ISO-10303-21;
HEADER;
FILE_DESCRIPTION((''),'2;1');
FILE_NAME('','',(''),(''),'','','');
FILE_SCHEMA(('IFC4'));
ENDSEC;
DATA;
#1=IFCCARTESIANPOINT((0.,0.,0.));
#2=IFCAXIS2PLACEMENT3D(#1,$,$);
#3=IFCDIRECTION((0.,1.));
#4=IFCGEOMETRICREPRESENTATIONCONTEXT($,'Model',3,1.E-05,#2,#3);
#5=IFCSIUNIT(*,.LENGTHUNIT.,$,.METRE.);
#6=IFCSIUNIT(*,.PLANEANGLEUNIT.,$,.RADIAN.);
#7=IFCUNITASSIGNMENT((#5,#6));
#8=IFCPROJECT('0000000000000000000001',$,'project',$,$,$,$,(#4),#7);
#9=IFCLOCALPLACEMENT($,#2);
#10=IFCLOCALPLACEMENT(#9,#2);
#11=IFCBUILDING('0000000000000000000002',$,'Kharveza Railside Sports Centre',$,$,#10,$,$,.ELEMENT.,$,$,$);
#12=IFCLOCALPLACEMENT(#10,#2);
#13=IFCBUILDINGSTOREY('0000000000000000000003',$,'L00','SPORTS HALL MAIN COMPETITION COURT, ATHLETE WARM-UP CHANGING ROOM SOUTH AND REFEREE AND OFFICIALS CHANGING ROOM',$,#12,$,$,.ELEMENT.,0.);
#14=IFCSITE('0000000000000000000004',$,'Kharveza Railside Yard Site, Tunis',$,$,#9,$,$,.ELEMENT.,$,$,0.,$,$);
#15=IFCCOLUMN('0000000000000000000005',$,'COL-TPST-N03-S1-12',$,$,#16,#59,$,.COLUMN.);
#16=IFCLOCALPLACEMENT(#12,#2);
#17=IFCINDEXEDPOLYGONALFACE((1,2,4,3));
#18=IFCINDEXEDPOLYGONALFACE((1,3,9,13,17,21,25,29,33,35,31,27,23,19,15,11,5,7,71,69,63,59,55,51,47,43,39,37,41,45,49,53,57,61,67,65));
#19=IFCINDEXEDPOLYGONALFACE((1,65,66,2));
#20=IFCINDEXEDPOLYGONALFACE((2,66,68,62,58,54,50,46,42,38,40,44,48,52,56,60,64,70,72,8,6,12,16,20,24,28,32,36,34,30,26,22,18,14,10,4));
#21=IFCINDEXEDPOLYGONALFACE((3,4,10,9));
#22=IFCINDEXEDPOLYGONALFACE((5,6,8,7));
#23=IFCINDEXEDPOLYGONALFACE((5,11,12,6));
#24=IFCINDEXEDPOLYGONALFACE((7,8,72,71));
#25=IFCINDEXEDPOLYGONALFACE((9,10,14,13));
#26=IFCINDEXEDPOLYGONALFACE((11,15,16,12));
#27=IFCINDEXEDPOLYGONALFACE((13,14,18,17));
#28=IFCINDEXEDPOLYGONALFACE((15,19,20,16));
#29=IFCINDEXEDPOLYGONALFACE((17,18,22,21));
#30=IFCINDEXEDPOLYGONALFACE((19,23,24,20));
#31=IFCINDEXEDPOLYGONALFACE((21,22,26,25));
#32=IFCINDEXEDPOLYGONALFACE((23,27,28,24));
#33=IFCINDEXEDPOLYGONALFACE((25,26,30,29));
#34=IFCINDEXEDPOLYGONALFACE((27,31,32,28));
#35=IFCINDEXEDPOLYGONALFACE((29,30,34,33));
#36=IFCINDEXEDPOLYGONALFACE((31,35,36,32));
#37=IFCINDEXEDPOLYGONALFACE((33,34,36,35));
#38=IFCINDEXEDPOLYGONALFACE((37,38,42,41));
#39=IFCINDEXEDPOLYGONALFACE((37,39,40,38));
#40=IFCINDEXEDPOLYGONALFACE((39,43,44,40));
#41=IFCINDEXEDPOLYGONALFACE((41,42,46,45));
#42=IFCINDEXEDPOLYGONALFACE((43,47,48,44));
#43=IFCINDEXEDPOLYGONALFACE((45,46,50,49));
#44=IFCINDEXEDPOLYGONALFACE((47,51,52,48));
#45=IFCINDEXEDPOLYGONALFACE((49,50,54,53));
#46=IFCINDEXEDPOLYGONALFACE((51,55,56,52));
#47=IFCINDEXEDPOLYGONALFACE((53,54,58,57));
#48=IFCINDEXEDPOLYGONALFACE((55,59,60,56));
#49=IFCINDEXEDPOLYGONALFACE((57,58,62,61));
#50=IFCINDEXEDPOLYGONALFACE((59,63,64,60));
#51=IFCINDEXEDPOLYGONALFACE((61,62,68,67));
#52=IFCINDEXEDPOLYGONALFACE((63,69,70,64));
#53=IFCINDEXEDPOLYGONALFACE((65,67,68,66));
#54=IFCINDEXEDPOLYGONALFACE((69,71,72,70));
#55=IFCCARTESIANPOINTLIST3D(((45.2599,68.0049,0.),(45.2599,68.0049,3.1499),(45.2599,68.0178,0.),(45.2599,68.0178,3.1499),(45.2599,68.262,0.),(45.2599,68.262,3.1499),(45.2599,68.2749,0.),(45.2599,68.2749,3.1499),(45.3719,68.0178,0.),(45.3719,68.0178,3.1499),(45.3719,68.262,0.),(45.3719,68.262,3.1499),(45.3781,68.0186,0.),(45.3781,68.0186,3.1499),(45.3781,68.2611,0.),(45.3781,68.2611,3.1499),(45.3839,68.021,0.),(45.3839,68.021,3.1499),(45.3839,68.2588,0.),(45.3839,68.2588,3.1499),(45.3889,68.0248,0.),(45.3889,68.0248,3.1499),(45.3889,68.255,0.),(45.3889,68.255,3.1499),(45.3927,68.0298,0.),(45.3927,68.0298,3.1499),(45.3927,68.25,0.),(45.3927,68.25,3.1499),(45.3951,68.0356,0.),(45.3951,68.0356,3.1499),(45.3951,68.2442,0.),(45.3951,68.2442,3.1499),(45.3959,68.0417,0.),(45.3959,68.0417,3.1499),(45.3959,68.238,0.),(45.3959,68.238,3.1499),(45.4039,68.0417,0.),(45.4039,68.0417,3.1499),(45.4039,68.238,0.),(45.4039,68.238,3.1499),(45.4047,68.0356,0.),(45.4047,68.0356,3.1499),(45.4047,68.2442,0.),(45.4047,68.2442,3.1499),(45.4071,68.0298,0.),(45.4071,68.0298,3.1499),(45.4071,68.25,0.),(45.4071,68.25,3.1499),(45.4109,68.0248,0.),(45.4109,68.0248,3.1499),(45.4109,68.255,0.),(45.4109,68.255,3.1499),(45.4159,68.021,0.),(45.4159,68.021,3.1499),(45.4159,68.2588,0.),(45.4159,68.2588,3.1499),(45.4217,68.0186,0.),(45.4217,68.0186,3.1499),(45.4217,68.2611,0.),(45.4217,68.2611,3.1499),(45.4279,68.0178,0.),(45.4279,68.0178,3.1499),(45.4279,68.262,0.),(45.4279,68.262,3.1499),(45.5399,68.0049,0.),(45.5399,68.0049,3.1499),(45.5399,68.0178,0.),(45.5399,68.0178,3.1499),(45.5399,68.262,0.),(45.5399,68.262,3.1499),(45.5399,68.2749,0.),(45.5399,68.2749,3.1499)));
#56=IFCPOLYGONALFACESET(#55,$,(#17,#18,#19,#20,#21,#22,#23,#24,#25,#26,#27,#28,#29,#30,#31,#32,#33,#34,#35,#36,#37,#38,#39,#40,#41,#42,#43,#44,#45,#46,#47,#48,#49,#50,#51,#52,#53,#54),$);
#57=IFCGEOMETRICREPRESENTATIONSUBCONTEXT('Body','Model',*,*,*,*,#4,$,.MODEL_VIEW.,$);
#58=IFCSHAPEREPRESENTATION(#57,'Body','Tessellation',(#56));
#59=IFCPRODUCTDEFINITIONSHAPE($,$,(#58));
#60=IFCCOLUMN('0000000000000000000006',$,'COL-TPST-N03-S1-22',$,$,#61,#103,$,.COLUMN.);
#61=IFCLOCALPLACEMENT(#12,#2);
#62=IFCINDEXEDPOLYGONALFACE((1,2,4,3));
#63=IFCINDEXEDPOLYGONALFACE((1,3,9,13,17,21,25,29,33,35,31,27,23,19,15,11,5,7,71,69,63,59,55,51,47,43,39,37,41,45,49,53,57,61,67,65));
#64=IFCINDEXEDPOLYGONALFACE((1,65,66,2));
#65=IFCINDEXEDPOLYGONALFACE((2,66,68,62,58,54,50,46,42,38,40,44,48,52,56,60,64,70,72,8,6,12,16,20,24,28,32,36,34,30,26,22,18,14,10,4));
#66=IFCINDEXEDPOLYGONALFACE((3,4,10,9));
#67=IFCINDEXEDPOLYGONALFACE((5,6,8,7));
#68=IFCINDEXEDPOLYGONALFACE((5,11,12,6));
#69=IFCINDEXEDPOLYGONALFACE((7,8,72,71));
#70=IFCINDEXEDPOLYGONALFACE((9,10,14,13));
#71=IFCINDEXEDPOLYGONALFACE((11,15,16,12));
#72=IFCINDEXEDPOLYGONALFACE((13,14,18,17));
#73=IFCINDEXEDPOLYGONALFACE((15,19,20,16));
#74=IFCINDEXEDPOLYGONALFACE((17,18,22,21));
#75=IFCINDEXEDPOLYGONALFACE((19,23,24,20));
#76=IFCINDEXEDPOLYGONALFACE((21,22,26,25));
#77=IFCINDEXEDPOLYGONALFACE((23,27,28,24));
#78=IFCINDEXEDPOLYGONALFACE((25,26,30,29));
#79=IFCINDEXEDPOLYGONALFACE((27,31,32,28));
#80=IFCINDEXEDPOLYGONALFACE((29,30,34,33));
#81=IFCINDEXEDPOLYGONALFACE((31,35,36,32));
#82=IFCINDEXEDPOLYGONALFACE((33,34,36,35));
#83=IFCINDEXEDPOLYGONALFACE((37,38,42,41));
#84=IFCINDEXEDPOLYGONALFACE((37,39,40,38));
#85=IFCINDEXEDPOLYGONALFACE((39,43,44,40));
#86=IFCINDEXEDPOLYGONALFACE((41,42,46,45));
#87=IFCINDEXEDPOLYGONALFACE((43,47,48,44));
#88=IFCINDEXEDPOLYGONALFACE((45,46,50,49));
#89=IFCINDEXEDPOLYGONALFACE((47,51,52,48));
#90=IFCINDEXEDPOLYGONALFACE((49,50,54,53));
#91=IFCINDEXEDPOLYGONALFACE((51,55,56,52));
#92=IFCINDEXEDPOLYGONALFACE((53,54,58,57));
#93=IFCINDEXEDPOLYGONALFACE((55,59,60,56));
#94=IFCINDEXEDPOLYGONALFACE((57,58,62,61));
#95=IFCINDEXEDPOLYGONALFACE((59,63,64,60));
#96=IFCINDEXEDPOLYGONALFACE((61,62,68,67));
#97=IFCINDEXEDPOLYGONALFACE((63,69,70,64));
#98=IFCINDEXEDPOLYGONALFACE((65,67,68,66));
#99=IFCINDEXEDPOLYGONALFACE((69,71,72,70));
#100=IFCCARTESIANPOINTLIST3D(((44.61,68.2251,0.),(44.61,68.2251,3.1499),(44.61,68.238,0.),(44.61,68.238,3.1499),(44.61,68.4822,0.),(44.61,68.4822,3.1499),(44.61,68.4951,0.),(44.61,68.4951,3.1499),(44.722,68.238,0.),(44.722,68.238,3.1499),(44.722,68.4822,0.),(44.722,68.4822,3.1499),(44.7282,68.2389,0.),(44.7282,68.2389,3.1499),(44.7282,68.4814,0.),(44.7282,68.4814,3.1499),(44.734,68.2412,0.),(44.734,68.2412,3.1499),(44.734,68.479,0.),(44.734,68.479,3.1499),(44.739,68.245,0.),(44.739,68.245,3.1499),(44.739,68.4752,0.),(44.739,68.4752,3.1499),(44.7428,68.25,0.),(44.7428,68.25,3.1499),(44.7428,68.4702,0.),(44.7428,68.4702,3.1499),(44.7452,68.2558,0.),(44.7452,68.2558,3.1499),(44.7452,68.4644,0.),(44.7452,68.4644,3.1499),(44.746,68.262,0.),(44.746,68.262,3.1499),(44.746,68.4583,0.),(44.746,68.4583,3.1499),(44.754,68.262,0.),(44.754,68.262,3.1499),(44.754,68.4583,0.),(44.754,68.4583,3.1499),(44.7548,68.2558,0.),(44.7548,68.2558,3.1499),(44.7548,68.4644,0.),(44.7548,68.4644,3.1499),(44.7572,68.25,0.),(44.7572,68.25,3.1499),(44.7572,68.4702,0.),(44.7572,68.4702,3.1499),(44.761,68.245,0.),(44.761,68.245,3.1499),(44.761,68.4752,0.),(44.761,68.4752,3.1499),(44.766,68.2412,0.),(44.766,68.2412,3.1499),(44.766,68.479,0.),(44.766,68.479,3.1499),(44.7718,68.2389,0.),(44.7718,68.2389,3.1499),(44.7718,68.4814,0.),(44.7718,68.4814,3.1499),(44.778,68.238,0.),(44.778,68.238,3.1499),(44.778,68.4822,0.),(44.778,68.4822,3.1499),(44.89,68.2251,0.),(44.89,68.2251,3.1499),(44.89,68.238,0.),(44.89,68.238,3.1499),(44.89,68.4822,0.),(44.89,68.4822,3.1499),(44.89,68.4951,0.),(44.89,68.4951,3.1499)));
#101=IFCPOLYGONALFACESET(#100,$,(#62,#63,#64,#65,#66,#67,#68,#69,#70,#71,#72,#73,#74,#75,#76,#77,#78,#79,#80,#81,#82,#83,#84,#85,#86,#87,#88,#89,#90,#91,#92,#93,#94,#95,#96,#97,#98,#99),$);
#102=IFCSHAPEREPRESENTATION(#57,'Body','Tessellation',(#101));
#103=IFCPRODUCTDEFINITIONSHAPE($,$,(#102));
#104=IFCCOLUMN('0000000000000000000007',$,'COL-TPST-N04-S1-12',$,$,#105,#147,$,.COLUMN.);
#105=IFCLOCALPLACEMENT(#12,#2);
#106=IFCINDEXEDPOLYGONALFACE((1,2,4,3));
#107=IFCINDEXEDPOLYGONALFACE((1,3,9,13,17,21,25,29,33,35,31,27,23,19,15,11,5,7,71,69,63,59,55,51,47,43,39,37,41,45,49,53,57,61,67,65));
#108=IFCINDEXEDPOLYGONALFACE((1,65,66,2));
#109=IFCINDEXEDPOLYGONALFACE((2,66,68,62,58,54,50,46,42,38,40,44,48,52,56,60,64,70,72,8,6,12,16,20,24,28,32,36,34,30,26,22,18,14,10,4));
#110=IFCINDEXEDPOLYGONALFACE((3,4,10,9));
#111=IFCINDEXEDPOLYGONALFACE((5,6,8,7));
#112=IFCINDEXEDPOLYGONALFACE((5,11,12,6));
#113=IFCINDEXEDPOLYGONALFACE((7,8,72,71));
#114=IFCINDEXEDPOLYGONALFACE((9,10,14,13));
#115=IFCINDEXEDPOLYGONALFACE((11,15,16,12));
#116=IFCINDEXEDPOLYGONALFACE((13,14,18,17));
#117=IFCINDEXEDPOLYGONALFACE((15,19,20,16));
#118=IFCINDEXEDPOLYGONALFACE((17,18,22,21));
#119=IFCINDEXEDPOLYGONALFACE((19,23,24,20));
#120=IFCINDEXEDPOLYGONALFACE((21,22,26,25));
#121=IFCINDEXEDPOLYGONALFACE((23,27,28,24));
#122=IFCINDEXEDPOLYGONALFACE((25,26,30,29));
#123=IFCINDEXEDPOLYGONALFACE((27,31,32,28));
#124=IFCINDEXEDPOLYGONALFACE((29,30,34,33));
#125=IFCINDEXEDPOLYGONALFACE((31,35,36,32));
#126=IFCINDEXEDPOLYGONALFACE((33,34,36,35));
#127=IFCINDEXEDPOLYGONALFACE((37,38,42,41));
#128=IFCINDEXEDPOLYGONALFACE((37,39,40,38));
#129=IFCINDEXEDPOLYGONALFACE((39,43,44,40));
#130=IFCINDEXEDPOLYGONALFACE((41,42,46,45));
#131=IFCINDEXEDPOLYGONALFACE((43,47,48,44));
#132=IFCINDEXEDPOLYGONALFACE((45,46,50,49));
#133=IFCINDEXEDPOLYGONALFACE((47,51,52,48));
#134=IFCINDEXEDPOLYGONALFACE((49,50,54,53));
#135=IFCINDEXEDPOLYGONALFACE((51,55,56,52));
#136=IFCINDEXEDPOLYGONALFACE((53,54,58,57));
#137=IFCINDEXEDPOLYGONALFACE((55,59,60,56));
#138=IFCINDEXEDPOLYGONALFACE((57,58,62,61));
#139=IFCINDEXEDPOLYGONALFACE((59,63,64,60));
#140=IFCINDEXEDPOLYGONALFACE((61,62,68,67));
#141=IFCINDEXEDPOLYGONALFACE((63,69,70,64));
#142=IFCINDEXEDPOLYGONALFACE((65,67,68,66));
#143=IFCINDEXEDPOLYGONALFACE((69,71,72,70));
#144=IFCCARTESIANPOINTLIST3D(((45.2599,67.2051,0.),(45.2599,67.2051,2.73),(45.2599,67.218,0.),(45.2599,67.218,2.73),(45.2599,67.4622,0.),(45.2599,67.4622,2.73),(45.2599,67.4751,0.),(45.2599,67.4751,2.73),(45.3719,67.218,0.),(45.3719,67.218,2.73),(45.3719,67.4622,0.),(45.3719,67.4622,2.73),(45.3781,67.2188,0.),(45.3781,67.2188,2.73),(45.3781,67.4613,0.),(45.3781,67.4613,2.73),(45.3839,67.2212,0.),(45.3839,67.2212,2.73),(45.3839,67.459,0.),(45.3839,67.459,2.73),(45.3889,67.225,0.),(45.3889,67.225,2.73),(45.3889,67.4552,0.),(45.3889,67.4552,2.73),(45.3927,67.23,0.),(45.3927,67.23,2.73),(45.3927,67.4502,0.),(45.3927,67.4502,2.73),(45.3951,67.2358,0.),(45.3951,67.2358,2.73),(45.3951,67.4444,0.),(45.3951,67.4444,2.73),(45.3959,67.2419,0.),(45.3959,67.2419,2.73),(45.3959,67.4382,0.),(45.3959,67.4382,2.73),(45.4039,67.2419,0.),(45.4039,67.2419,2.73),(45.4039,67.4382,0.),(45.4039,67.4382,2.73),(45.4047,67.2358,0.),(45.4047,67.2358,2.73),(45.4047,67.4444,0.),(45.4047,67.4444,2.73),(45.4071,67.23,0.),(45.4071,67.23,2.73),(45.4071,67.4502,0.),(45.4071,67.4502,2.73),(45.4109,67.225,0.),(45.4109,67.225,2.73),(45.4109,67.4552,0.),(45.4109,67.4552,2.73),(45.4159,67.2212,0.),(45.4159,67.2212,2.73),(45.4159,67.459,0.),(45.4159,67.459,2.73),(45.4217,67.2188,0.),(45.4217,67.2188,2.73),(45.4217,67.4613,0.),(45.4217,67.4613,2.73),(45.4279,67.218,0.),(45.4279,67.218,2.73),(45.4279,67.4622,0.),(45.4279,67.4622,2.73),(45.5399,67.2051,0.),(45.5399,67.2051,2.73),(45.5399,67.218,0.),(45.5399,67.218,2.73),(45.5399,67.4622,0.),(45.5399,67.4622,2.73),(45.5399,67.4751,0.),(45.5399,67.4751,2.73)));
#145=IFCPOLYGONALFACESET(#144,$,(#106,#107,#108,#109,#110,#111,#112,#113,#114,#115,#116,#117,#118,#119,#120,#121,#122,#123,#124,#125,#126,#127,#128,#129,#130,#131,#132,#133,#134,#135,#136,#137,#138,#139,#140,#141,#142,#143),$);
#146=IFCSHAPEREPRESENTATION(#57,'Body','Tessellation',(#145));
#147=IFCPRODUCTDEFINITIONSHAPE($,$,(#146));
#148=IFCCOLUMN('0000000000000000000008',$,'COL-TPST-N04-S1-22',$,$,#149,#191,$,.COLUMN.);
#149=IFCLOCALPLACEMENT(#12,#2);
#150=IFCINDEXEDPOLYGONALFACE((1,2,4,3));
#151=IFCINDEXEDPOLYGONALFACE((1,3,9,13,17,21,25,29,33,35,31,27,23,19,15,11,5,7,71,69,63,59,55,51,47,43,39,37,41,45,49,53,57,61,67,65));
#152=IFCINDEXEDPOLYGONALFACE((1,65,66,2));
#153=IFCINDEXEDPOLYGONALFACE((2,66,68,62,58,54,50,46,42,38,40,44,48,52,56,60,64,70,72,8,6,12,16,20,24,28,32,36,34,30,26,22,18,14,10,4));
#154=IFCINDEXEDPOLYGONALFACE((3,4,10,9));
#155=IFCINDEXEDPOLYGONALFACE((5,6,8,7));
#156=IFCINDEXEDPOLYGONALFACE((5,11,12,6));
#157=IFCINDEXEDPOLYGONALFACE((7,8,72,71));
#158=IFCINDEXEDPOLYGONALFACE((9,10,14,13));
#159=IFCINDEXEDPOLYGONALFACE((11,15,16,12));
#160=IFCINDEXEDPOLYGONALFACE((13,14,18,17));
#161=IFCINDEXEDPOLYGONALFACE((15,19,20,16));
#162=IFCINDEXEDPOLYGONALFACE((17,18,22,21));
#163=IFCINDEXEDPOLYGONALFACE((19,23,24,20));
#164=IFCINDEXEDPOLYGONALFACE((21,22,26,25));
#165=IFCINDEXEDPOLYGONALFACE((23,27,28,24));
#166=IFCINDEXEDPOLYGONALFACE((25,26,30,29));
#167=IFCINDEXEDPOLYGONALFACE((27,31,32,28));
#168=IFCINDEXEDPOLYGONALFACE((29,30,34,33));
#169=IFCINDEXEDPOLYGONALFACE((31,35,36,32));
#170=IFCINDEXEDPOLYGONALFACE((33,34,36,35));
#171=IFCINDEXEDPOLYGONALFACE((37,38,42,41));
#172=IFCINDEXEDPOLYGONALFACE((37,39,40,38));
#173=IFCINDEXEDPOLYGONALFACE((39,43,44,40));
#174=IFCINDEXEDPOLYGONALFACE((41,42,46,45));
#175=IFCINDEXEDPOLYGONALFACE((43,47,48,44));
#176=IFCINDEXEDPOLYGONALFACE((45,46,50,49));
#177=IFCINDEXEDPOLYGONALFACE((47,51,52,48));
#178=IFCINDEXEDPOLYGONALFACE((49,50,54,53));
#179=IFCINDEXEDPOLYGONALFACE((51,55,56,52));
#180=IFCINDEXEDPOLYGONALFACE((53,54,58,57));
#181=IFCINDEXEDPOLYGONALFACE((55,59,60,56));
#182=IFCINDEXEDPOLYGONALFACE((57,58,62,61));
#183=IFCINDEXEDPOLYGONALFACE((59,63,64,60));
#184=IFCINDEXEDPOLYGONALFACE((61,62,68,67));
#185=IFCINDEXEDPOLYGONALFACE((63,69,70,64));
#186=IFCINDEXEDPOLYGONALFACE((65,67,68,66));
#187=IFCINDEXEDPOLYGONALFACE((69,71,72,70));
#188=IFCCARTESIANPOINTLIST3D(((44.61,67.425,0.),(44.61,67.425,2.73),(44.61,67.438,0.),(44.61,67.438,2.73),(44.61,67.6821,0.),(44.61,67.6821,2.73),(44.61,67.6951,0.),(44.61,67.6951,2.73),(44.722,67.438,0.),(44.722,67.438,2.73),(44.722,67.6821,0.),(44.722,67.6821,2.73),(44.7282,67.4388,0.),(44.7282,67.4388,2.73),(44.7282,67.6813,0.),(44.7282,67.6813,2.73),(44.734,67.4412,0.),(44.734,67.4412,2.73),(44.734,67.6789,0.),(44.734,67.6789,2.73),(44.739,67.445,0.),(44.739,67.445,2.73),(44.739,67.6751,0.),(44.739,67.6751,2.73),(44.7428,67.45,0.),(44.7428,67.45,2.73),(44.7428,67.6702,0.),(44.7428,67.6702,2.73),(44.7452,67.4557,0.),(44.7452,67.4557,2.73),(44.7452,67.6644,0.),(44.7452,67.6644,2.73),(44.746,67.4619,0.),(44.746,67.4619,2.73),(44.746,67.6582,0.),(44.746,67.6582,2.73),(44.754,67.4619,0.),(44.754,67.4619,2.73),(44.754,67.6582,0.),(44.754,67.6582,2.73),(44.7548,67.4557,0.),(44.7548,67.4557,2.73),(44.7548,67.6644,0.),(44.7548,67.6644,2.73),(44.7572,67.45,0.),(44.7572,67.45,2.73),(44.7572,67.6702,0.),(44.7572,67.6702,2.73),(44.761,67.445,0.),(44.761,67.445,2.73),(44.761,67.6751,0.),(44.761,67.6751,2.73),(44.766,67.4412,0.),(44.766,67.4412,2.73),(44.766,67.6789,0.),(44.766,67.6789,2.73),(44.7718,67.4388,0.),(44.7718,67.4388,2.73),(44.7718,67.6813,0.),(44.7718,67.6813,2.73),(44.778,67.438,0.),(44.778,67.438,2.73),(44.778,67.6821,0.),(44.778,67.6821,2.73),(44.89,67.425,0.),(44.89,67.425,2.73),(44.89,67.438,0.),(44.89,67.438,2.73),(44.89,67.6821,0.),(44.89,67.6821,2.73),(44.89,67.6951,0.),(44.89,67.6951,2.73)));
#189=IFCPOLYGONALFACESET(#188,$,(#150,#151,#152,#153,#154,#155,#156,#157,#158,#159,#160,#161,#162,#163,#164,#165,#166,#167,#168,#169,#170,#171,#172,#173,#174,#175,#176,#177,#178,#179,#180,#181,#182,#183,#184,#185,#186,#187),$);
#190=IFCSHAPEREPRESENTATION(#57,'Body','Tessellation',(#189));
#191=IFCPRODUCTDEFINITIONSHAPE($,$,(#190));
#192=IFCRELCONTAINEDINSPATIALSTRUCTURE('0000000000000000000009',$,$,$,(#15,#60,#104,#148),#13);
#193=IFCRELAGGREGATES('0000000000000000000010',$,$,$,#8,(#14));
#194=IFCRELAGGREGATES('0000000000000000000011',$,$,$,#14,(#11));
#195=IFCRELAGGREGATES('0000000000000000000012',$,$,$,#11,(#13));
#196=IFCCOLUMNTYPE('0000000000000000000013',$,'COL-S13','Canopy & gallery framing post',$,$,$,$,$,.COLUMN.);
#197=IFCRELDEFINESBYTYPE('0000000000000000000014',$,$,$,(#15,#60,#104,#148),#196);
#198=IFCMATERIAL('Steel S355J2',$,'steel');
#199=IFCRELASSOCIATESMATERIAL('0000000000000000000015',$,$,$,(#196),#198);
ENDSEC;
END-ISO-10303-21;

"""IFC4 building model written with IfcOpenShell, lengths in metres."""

from ifc_helpers import new_model, si_unit, direction, frame, origin, origin_2d, place, context, subcontext, project, spatial, i_section, extrude, material, material_profile, profile_set, type_object, element, save


model = new_model("IFC4")

# Units and contexts
model_context = context("Model", 3, precision=1e-05, world=origin(), true_north=direction((0.0, 1.0)))
body_context = subcontext(model_context, "Body", "Model", "MODEL_VIEW")
ifc_project = project(units=[si_unit("LENGTHUNIT", "METRE"), si_unit("PLANEANGLEUNIT", "RADIAN")], contexts=[model_context])

# Site, building, storey
site_placement = place(None, origin())
site = spatial("IfcSite", under=ifc_project, at=site_placement, Name="Kharveza Railside Yard Site, Tunis", CompositionType="ELEMENT", RefElevation=0.0)
building_placement = place(site_placement, origin())
building = spatial("IfcBuilding", under=site, at=building_placement, Name="Kharveza Railside Sports Centre", CompositionType="ELEMENT")
storey_placement = place(building_placement, origin())
storey = spatial("IfcBuildingStorey", under=building, at=storey_placement, Name="L00", Description="SPORTS HALL MAIN COMPETITION COURT, ATHLETE WARM-UP CHANGING ROOM SOUTH AND REFEREE AND OFFICIALS CHANGING ROOM", CompositionType="ELEMENT", Elevation=0.0)

# Columns
ifc_material_1 = material(Name="Steel S355J2", Category="steel")
ifc_material_profile_1 = material_profile(ifc_material_1, i_section(OverallWidth=0.28, OverallDepth=0.27, WebThickness=0.0081, FlangeThickness=0.0129, FilletRadius=0.0239, at=origin_2d()), Name="HEA 280")
ifc_profile_set_1 = profile_set([ifc_material_profile_1], Name="Steel S355J2")
column_type_1 = type_object("IfcColumnType", Name="COL-S13", Description="Canopy & gallery framing post", PredefinedType="COLUMN", material=ifc_profile_set_1)
for number, where, z_axis, x_axis, name in (
    (1, (45.3999, 68.1399, 0.0), (0.0, 0.0, 1.0), (1.0, 0.0, 0.0), "COL-TPST-N03-S1-12"),
    (2, (44.75, 68.3601, 0.0), (0.0, 0.0, 1.0), (1.0, 0.0, 0.0), "COL-TPST-N03-S1-22"),
):
    element("IfcColumn", number, at=place(storey_placement, frame(where, z_axis=z_axis, x_axis=x_axis)), inside=storey, type_object=column_type_1, Name=name, PredefinedType="COLUMN", context=body_context, shape_type="SweptSolid", body=[
        extrude(i_section(OverallWidth=0.28, OverallDepth=0.27, WebThickness=0.0081, FlangeThickness=0.0129, FilletRadius=0.0239, at=origin_2d()), origin(), (0.0, 0.0, 1.0), 3.1499),
    ])
for number, where, z_axis, x_axis, name in (
    (3, (45.3999, 67.3401, 0.0), (0.0, 0.0, 1.0), (1.0, 0.0, 0.0), "COL-TPST-N04-S1-12"),
    (4, (44.75, 67.5601, 0.0), (0.0, 0.0, 1.0), (1.0, 0.0, 0.0), "COL-TPST-N04-S1-22"),
):
    element("IfcColumn", number, at=place(storey_placement, frame(where, z_axis=z_axis, x_axis=x_axis)), inside=storey, type_object=column_type_1, Name=name, PredefinedType="COLUMN", context=body_context, shape_type="SweptSolid", body=[
        extrude(i_section(OverallWidth=0.28, OverallDepth=0.27, WebThickness=0.0081, FlangeThickness=0.0129, FilletRadius=0.0239, at=origin_2d()), origin(), (0.0, 0.0, 1.0), 2.73),
    ])

save(model, "model.ifc")
